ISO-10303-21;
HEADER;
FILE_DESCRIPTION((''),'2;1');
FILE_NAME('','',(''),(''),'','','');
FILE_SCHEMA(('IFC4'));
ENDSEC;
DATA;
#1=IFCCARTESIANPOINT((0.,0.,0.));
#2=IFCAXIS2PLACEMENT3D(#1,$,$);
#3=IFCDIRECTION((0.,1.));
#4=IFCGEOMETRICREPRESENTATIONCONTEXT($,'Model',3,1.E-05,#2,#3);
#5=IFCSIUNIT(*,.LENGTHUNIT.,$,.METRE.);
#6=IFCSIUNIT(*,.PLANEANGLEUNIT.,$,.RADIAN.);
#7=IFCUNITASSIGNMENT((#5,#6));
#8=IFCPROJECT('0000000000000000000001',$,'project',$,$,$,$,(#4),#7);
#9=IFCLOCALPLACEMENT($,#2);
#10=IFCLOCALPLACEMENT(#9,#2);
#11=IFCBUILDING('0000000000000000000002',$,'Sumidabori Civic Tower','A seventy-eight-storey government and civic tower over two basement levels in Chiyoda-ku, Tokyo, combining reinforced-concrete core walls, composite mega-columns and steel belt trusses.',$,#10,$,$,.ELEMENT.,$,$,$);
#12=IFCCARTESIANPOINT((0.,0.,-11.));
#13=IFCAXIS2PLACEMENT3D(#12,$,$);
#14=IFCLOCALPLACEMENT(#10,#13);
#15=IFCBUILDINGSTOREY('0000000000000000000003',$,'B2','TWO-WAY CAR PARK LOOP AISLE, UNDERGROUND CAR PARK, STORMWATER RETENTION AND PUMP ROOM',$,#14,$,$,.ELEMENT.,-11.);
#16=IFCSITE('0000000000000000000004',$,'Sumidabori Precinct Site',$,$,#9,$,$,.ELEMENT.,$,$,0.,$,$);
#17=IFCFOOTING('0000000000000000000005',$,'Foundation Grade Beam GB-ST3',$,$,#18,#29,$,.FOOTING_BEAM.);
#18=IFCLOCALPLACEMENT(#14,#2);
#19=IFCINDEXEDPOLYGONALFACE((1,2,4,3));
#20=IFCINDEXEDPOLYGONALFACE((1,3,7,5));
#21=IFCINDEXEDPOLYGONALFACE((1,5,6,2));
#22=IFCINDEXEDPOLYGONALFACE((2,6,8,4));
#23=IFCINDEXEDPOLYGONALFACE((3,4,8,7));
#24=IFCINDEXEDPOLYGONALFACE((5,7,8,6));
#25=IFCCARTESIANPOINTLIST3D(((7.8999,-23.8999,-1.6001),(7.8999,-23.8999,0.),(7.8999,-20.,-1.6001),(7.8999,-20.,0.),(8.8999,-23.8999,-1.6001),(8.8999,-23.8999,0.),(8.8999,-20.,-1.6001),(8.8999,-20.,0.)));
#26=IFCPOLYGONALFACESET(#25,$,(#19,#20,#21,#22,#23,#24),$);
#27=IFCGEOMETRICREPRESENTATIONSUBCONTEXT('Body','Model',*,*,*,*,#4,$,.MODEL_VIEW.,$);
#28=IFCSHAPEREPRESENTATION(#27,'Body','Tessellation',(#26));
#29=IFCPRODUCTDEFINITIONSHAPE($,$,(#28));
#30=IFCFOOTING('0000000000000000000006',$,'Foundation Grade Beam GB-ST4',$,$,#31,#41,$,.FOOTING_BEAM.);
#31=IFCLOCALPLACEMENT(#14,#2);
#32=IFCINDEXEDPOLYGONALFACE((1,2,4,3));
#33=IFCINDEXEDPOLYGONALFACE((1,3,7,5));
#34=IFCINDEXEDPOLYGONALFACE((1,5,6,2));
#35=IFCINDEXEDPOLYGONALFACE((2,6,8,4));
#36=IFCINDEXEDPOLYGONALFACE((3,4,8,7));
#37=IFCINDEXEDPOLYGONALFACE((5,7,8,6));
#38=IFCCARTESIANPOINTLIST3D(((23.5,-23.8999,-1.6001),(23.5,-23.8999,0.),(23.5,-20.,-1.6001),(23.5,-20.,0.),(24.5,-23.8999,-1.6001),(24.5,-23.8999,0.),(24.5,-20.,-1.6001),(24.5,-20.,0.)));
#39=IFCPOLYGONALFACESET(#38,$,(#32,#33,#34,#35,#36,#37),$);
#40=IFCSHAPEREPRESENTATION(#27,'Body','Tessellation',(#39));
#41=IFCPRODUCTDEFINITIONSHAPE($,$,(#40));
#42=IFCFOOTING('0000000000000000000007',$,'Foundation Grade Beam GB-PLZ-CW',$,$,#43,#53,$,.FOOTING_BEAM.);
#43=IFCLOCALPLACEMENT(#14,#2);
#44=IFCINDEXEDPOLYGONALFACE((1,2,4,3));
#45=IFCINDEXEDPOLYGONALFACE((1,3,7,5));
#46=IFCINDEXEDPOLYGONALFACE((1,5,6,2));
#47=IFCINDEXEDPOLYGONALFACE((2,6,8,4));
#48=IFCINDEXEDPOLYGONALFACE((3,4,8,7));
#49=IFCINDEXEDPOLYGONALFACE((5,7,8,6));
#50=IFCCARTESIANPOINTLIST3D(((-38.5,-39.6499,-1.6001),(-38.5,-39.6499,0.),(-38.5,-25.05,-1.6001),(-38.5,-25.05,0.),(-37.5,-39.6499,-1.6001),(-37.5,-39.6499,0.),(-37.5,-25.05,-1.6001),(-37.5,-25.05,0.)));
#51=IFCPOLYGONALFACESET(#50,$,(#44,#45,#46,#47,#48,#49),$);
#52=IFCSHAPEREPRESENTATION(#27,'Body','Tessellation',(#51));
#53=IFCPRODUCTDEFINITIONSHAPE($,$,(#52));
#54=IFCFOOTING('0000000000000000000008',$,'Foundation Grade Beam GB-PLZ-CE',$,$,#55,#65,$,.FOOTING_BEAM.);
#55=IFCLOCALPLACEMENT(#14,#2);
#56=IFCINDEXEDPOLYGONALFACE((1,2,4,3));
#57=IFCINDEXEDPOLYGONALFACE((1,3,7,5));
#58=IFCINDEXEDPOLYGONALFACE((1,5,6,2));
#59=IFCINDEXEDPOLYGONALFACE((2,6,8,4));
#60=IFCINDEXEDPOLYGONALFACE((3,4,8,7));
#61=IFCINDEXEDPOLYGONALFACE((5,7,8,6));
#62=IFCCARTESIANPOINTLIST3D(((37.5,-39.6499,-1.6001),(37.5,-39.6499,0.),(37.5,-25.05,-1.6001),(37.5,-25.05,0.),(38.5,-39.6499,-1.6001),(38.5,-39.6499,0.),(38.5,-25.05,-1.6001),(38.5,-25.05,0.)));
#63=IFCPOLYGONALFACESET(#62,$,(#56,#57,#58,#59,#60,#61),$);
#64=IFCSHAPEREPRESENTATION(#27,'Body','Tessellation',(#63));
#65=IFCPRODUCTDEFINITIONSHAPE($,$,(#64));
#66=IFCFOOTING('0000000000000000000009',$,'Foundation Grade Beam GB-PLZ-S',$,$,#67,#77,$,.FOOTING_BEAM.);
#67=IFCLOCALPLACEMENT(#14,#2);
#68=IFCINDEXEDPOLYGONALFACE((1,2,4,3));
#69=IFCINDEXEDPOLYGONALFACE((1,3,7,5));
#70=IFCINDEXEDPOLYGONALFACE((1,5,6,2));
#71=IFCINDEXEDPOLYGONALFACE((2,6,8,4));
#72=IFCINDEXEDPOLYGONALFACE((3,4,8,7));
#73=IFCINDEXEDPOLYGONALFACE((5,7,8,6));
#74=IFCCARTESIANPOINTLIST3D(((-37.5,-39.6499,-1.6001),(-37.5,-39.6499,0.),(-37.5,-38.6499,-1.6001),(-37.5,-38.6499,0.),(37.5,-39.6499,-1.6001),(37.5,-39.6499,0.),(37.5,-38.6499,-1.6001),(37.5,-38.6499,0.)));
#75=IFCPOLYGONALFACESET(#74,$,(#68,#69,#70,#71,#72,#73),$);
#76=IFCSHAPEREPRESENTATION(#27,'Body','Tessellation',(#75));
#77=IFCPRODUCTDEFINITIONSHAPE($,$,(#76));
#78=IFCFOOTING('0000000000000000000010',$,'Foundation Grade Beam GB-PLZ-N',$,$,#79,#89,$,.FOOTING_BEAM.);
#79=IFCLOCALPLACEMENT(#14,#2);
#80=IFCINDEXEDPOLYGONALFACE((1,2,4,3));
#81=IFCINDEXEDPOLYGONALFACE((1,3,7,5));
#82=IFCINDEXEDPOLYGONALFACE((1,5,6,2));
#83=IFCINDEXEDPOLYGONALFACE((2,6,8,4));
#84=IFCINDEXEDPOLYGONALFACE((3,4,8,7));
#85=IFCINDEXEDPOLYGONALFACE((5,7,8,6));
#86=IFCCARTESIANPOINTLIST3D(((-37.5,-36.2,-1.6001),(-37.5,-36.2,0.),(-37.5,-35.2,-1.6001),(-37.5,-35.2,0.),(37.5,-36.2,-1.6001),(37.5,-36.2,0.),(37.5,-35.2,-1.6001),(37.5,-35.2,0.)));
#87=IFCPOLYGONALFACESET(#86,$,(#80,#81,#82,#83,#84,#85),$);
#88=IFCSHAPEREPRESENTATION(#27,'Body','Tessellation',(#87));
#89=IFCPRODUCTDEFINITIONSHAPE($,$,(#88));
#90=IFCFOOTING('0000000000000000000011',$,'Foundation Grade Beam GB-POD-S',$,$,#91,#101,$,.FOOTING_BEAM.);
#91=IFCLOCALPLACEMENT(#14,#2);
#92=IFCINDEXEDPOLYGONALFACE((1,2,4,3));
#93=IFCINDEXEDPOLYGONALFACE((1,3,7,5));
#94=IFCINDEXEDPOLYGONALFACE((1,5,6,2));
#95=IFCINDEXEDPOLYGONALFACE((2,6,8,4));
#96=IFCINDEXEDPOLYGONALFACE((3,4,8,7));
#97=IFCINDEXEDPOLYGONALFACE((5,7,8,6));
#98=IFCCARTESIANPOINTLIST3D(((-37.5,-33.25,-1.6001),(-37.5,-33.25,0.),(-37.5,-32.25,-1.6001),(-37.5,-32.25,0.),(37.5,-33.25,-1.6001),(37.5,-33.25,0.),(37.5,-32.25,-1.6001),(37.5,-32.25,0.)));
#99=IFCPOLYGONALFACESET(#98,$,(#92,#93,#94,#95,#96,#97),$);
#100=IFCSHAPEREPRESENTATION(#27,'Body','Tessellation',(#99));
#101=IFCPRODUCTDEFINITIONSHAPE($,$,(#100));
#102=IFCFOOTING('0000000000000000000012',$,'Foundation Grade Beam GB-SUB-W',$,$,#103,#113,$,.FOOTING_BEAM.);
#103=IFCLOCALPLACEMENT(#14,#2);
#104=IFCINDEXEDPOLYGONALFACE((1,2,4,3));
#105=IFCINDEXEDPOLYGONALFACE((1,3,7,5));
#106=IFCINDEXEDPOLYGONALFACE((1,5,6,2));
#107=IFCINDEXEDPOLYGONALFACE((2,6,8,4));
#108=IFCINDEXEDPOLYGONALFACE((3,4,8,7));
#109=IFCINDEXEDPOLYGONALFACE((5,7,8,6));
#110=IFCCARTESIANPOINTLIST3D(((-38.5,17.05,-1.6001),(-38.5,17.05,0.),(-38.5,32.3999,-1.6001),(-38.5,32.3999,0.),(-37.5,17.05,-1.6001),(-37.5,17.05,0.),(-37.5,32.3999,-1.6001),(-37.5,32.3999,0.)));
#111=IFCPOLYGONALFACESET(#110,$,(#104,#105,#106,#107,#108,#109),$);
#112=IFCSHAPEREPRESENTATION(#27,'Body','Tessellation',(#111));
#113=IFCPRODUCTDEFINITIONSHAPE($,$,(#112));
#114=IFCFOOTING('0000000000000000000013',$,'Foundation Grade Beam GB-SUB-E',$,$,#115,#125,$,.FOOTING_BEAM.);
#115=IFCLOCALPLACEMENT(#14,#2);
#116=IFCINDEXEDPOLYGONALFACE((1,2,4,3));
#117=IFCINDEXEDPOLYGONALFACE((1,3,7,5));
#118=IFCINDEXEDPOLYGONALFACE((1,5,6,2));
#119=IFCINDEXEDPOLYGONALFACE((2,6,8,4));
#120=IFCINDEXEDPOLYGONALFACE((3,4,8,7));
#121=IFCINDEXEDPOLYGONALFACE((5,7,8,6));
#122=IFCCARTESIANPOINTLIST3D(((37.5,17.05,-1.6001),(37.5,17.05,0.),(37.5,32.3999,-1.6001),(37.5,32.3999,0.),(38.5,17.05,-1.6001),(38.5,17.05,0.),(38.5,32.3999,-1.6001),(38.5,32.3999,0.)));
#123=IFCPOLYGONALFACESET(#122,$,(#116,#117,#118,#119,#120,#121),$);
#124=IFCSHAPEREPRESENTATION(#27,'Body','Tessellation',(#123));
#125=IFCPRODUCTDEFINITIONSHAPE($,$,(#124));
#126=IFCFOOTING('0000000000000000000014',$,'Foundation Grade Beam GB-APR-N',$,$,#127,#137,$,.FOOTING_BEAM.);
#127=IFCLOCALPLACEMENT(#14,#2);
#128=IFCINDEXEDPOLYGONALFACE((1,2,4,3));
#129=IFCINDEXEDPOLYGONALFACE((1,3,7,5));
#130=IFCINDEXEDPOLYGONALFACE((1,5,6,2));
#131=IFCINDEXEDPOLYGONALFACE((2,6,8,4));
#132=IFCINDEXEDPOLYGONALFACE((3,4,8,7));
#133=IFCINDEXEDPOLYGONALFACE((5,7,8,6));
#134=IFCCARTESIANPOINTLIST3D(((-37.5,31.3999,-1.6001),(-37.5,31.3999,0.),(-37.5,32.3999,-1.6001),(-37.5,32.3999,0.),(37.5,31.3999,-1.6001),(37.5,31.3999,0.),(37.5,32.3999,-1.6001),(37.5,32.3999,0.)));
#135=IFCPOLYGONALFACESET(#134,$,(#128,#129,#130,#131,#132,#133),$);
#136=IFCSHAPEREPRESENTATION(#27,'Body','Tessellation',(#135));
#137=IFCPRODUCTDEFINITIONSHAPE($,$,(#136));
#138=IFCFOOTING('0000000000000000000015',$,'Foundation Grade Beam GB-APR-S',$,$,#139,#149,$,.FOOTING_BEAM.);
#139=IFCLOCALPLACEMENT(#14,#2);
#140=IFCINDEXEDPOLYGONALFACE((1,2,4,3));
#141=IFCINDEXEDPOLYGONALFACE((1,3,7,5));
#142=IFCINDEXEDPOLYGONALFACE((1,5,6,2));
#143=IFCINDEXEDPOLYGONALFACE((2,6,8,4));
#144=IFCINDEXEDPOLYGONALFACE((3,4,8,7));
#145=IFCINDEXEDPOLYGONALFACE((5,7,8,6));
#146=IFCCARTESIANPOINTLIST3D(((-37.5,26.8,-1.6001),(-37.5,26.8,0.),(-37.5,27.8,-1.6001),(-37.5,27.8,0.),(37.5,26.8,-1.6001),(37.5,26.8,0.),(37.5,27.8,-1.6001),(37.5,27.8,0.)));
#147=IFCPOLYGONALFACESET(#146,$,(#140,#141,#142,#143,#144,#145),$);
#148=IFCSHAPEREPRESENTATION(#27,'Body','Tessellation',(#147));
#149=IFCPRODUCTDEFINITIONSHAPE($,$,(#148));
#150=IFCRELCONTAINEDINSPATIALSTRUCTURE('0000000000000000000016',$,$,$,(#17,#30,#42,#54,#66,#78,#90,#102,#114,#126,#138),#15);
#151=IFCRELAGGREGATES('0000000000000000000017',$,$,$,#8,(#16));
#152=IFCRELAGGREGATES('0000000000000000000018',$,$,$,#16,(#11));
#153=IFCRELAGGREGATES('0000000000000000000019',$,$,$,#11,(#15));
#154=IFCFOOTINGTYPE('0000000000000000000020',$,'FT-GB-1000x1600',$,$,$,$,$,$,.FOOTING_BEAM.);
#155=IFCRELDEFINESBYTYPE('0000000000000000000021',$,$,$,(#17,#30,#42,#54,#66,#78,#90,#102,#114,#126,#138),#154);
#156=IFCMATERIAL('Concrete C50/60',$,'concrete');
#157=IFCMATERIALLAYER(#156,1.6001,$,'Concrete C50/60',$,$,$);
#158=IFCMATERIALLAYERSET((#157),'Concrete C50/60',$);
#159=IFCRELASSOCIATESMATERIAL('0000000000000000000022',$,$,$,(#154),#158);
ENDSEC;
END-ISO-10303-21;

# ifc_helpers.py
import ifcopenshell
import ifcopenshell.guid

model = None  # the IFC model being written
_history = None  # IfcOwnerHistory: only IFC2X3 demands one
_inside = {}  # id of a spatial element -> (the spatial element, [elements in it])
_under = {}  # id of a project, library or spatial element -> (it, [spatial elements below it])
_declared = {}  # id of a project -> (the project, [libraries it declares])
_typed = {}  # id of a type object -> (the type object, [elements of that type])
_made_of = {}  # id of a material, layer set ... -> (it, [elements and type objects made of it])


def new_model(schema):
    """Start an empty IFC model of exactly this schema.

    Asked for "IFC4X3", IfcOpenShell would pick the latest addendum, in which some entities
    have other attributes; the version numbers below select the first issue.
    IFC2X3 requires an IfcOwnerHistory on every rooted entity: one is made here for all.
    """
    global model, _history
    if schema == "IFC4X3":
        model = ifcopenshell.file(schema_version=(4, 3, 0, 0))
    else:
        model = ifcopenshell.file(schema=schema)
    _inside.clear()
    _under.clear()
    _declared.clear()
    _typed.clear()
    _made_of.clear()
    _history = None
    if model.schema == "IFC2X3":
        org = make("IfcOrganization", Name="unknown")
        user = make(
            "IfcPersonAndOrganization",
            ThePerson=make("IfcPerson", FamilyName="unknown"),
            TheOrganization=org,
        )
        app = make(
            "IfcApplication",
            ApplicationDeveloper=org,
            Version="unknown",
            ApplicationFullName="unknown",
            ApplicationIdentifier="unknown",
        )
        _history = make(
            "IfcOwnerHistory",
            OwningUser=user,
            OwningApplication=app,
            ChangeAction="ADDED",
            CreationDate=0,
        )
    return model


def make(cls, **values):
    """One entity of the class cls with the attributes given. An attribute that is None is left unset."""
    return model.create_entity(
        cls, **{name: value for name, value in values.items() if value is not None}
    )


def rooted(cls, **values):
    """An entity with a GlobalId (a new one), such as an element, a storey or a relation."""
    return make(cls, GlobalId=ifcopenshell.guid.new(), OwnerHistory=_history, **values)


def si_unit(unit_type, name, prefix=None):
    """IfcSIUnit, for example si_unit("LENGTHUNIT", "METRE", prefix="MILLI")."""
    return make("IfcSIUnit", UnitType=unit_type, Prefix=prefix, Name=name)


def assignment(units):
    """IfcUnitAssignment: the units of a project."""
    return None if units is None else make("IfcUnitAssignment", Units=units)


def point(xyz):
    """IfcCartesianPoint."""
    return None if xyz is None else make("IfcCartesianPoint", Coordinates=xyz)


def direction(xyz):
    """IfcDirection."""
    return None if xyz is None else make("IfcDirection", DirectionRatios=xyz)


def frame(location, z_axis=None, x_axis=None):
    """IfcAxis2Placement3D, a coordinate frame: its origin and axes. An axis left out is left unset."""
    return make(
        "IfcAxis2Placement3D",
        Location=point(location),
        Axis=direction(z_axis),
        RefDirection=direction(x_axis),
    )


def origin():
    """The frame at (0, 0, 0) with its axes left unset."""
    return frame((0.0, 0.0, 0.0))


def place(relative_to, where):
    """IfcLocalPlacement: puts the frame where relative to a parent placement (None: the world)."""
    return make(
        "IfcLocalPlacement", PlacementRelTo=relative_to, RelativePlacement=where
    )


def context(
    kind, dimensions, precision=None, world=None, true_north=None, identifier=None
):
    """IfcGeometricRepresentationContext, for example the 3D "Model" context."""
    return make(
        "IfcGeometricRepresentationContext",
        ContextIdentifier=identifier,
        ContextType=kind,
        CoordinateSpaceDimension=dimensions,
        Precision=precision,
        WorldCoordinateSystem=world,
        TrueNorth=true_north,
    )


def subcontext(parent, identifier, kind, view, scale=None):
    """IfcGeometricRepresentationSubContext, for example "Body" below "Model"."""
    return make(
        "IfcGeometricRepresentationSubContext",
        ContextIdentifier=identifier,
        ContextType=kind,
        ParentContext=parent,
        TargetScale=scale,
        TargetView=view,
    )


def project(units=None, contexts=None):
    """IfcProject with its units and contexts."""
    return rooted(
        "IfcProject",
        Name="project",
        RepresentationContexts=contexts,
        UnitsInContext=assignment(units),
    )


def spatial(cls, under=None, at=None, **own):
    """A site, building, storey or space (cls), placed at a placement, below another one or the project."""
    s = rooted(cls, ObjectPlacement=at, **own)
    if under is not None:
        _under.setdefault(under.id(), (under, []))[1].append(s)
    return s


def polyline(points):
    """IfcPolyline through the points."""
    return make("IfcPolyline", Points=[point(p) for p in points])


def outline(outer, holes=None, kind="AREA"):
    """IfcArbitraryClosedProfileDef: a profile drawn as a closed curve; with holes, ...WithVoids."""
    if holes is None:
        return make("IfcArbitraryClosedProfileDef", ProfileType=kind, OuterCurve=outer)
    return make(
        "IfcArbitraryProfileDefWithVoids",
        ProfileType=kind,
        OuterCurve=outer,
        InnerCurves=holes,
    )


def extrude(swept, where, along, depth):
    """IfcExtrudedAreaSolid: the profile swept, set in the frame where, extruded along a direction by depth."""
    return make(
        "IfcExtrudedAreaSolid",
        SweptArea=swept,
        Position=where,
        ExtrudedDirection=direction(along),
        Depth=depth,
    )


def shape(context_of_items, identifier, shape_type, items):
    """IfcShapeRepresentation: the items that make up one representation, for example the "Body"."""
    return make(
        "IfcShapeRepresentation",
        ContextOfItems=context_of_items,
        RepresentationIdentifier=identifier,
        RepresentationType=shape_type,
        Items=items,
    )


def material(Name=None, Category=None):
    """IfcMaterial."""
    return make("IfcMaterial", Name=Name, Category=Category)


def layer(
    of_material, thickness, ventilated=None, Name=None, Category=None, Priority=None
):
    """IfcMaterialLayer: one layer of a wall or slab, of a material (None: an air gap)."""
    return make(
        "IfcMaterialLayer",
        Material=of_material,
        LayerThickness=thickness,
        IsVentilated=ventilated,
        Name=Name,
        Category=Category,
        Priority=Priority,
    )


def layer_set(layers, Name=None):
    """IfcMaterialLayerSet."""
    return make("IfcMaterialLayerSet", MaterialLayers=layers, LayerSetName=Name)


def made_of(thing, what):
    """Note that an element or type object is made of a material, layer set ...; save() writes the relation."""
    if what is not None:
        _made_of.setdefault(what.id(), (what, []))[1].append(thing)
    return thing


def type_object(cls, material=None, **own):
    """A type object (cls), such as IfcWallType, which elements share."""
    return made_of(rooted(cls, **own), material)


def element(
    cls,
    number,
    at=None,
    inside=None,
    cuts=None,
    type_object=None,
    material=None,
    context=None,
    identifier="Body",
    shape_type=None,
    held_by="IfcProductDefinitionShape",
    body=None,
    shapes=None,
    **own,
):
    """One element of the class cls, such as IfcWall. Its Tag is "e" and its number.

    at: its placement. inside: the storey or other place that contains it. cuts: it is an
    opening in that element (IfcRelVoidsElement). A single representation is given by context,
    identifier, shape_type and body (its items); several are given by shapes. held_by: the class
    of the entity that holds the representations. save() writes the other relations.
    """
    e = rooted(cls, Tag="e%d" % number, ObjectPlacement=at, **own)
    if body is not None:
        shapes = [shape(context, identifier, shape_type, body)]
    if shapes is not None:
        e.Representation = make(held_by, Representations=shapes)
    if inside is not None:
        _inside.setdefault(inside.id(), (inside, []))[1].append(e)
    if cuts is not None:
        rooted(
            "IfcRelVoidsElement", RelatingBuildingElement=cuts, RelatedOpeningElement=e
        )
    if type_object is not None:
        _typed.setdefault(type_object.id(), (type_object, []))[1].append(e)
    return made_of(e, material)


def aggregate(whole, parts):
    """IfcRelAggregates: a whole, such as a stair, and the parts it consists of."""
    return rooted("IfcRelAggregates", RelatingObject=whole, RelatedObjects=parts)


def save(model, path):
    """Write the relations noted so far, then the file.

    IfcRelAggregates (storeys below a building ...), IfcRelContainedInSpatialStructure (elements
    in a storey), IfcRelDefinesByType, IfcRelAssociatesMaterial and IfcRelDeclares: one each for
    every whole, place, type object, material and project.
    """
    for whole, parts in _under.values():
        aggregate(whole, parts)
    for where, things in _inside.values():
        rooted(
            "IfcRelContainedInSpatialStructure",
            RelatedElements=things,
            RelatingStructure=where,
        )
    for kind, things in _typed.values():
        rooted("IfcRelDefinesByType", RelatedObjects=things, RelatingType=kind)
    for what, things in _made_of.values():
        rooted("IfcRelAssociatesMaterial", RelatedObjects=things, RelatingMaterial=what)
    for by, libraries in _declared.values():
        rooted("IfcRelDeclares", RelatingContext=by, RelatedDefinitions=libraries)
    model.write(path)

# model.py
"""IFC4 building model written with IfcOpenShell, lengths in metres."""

from ifc_helpers import new_model, si_unit, direction, frame, origin, place, context, subcontext, project, spatial, polyline, outline, extrude, material, layer, layer_set, type_object, element, save


model = new_model("IFC4")

# Units and contexts
model_context = context("Model", 3, precision=1e-05, world=origin(), true_north=direction((0.0, 1.0)))
body_context = subcontext(model_context, "Body", "Model", "MODEL_VIEW")
ifc_project = project(units=[si_unit("LENGTHUNIT", "METRE"), si_unit("PLANEANGLEUNIT", "RADIAN")], contexts=[model_context])

# Site, building, storey
site_placement = place(None, origin())
site = spatial("IfcSite", under=ifc_project, at=site_placement, Name="Sumidabori Precinct Site", CompositionType="ELEMENT", RefElevation=0.0)
building_placement = place(site_placement, origin())
building = spatial("IfcBuilding", under=site, at=building_placement, Name="Sumidabori Civic Tower", Description="A seventy-eight-storey government and civic tower over two basement levels in Chiyoda-ku, Tokyo, combining reinforced-concrete core walls, composite mega-columns and steel belt trusses.", CompositionType="ELEMENT")
storey_placement = place(building_placement, frame((0.0, 0.0, -11.0)))
storey = spatial("IfcBuildingStorey", under=building, at=storey_placement, Name="B2", Description="TWO-WAY CAR PARK LOOP AISLE, UNDERGROUND CAR PARK, STORMWATER RETENTION AND PUMP ROOM", CompositionType="ELEMENT", Elevation=-11.0)

# Footings
ifc_material_1 = material(Name="Concrete C50/60", Category="concrete")
ifc_layer_1 = layer(ifc_material_1, 1.6001, Name="Concrete C50/60")
ifc_layer_set_1 = layer_set([ifc_layer_1], Name="Concrete C50/60")
footing_type = type_object("IfcFootingType", Name="FT-GB-1000x1600", PredefinedType="FOOTING_BEAM", material=ifc_layer_set_1)
footing_1_placement = place(storey_placement, frame((0.0, 0.0, -1.6001)))
element("IfcFooting", 1, at=footing_1_placement, inside=storey, type_object=footing_type, Name="Foundation Grade Beam GB-ST3", PredefinedType="FOOTING_BEAM", context=body_context, shape_type="SweptSolid", body=[
    extrude(outline(polyline([(7.8999, -23.8999), (8.8999, -23.8999), (8.8999, -20.0), (7.8999, -20.0), (7.8999, -23.8999)])), origin(), (0.0, 0.0, 1.0), 1.6001),
])
footing_2_placement = place(storey_placement, frame((0.0, 0.0, -1.6001)))
element("IfcFooting", 2, at=footing_2_placement, inside=storey, type_object=footing_type, Name="Foundation Grade Beam GB-ST4", PredefinedType="FOOTING_BEAM", context=body_context, shape_type="SweptSolid", body=[
    extrude(outline(polyline([(23.5, -23.8999), (24.5, -23.8999), (24.5, -20.0), (23.5, -20.0), (23.5, -23.8999)])), origin(), (0.0, 0.0, 1.0), 1.6001),
])
footing_3_placement = place(storey_placement, frame((0.0, 0.0, -1.6001)))
element("IfcFooting", 3, at=footing_3_placement, inside=storey, type_object=footing_type, Name="Foundation Grade Beam GB-PLZ-CW", PredefinedType="FOOTING_BEAM", context=body_context, shape_type="SweptSolid", body=[
    extrude(outline(polyline([(-38.5, -39.6499), (-37.5, -39.6499), (-37.5, -25.05), (-38.5, -25.05), (-38.5, -39.6499)])), origin(), (0.0, 0.0, 1.0), 1.6001),
])
footing_4_placement = place(storey_placement, frame((0.0, 0.0, -1.6001)))
element("IfcFooting", 4, at=footing_4_placement, inside=storey, type_object=footing_type, Name="Foundation Grade Beam GB-PLZ-CE", PredefinedType="FOOTING_BEAM", context=body_context, shape_type="SweptSolid", body=[
    extrude(outline(polyline([(37.5, -39.6499), (38.5, -39.6499), (38.5, -25.05), (37.5, -25.05), (37.5, -39.6499)])), origin(), (0.0, 0.0, 1.0), 1.6001),
])
footing_5_placement = place(storey_placement, frame((0.0, 0.0, -1.6001)))
element("IfcFooting", 5, at=footing_5_placement, inside=storey, type_object=footing_type, Name="Foundation Grade Beam GB-PLZ-S", PredefinedType="FOOTING_BEAM", context=body_context, shape_type="SweptSolid", body=[
    extrude(outline(polyline([(-37.5, -39.6499), (37.5, -39.6499), (37.5, -38.6499), (-37.5, -38.6499), (-37.5, -39.6499)])), origin(), (0.0, 0.0, 1.0), 1.6001),
])
footing_6_placement = place(storey_placement, frame((0.0, 0.0, -1.6001)))
element("IfcFooting", 6, at=footing_6_placement, inside=storey, type_object=footing_type, Name="Foundation Grade Beam GB-PLZ-N", PredefinedType="FOOTING_BEAM", context=body_context, shape_type="SweptSolid", body=[
    extrude(outline(polyline([(-37.5, -36.2), (37.5, -36.2), (37.5, -35.2), (-37.5, -35.2), (-37.5, -36.2)])), origin(), (0.0, 0.0, 1.0), 1.6001),
])
footing_7_placement = place(storey_placement, frame((0.0, 0.0, -1.6001)))
element("IfcFooting", 7, at=footing_7_placement, inside=storey, type_object=footing_type, Name="Foundation Grade Beam GB-POD-S", PredefinedType="FOOTING_BEAM", context=body_context, shape_type="SweptSolid", body=[
    extrude(outline(polyline([(-37.5, -33.25), (37.5, -33.25), (37.5, -32.25), (-37.5, -32.25), (-37.5, -33.25)])), origin(), (0.0, 0.0, 1.0), 1.6001),
])
footing_8_placement = place(storey_placement, frame((0.0, 0.0, -1.6001)))
element("IfcFooting", 8, at=footing_8_placement, inside=storey, type_object=footing_type, Name="Foundation Grade Beam GB-SUB-W", PredefinedType="FOOTING_BEAM", context=body_context, shape_type="SweptSolid", body=[
    extrude(outline(polyline([(-38.5, 17.05), (-37.5, 17.05), (-37.5, 32.3999), (-38.5, 32.3999), (-38.5, 17.05)])), origin(), (0.0, 0.0, 1.0), 1.6001),
])
footing_9_placement = place(storey_placement, frame((0.0, 0.0, -1.6001)))
element("IfcFooting", 9, at=footing_9_placement, inside=storey, type_object=footing_type, Name="Foundation Grade Beam GB-SUB-E", PredefinedType="FOOTING_BEAM", context=body_context, shape_type="SweptSolid", body=[
    extrude(outline(polyline([(37.5, 17.05), (38.5, 17.05), (38.5, 32.3999), (37.5, 32.3999), (37.5, 17.05)])), origin(), (0.0, 0.0, 1.0), 1.6001),
])
footing_10_placement = place(storey_placement, frame((0.0, 0.0, -1.6001)))
element("IfcFooting", 10, at=footing_10_placement, inside=storey, type_object=footing_type, Name="Foundation Grade Beam GB-APR-N", PredefinedType="FOOTING_BEAM", context=body_context, shape_type="SweptSolid", body=[
    extrude(outline(polyline([(-37.5, 31.3999), (37.5, 31.3999), (37.5, 32.3999), (-37.5, 32.3999), (-37.5, 31.3999)])), origin(), (0.0, 0.0, 1.0), 1.6001),
])
footing_11_placement = place(storey_placement, frame((0.0, 0.0, -1.6001)))
element("IfcFooting", 11, at=footing_11_placement, inside=storey, type_object=footing_type, Name="Foundation Grade Beam GB-APR-S", PredefinedType="FOOTING_BEAM", context=body_context, shape_type="SweptSolid", body=[
    extrude(outline(polyline([(-37.5, 26.8), (37.5, 26.8), (37.5, 27.8), (-37.5, 27.8), (-37.5, 26.8)])), origin(), (0.0, 0.0, 1.0), 1.6001),
])

save(model, "model.ifc")
